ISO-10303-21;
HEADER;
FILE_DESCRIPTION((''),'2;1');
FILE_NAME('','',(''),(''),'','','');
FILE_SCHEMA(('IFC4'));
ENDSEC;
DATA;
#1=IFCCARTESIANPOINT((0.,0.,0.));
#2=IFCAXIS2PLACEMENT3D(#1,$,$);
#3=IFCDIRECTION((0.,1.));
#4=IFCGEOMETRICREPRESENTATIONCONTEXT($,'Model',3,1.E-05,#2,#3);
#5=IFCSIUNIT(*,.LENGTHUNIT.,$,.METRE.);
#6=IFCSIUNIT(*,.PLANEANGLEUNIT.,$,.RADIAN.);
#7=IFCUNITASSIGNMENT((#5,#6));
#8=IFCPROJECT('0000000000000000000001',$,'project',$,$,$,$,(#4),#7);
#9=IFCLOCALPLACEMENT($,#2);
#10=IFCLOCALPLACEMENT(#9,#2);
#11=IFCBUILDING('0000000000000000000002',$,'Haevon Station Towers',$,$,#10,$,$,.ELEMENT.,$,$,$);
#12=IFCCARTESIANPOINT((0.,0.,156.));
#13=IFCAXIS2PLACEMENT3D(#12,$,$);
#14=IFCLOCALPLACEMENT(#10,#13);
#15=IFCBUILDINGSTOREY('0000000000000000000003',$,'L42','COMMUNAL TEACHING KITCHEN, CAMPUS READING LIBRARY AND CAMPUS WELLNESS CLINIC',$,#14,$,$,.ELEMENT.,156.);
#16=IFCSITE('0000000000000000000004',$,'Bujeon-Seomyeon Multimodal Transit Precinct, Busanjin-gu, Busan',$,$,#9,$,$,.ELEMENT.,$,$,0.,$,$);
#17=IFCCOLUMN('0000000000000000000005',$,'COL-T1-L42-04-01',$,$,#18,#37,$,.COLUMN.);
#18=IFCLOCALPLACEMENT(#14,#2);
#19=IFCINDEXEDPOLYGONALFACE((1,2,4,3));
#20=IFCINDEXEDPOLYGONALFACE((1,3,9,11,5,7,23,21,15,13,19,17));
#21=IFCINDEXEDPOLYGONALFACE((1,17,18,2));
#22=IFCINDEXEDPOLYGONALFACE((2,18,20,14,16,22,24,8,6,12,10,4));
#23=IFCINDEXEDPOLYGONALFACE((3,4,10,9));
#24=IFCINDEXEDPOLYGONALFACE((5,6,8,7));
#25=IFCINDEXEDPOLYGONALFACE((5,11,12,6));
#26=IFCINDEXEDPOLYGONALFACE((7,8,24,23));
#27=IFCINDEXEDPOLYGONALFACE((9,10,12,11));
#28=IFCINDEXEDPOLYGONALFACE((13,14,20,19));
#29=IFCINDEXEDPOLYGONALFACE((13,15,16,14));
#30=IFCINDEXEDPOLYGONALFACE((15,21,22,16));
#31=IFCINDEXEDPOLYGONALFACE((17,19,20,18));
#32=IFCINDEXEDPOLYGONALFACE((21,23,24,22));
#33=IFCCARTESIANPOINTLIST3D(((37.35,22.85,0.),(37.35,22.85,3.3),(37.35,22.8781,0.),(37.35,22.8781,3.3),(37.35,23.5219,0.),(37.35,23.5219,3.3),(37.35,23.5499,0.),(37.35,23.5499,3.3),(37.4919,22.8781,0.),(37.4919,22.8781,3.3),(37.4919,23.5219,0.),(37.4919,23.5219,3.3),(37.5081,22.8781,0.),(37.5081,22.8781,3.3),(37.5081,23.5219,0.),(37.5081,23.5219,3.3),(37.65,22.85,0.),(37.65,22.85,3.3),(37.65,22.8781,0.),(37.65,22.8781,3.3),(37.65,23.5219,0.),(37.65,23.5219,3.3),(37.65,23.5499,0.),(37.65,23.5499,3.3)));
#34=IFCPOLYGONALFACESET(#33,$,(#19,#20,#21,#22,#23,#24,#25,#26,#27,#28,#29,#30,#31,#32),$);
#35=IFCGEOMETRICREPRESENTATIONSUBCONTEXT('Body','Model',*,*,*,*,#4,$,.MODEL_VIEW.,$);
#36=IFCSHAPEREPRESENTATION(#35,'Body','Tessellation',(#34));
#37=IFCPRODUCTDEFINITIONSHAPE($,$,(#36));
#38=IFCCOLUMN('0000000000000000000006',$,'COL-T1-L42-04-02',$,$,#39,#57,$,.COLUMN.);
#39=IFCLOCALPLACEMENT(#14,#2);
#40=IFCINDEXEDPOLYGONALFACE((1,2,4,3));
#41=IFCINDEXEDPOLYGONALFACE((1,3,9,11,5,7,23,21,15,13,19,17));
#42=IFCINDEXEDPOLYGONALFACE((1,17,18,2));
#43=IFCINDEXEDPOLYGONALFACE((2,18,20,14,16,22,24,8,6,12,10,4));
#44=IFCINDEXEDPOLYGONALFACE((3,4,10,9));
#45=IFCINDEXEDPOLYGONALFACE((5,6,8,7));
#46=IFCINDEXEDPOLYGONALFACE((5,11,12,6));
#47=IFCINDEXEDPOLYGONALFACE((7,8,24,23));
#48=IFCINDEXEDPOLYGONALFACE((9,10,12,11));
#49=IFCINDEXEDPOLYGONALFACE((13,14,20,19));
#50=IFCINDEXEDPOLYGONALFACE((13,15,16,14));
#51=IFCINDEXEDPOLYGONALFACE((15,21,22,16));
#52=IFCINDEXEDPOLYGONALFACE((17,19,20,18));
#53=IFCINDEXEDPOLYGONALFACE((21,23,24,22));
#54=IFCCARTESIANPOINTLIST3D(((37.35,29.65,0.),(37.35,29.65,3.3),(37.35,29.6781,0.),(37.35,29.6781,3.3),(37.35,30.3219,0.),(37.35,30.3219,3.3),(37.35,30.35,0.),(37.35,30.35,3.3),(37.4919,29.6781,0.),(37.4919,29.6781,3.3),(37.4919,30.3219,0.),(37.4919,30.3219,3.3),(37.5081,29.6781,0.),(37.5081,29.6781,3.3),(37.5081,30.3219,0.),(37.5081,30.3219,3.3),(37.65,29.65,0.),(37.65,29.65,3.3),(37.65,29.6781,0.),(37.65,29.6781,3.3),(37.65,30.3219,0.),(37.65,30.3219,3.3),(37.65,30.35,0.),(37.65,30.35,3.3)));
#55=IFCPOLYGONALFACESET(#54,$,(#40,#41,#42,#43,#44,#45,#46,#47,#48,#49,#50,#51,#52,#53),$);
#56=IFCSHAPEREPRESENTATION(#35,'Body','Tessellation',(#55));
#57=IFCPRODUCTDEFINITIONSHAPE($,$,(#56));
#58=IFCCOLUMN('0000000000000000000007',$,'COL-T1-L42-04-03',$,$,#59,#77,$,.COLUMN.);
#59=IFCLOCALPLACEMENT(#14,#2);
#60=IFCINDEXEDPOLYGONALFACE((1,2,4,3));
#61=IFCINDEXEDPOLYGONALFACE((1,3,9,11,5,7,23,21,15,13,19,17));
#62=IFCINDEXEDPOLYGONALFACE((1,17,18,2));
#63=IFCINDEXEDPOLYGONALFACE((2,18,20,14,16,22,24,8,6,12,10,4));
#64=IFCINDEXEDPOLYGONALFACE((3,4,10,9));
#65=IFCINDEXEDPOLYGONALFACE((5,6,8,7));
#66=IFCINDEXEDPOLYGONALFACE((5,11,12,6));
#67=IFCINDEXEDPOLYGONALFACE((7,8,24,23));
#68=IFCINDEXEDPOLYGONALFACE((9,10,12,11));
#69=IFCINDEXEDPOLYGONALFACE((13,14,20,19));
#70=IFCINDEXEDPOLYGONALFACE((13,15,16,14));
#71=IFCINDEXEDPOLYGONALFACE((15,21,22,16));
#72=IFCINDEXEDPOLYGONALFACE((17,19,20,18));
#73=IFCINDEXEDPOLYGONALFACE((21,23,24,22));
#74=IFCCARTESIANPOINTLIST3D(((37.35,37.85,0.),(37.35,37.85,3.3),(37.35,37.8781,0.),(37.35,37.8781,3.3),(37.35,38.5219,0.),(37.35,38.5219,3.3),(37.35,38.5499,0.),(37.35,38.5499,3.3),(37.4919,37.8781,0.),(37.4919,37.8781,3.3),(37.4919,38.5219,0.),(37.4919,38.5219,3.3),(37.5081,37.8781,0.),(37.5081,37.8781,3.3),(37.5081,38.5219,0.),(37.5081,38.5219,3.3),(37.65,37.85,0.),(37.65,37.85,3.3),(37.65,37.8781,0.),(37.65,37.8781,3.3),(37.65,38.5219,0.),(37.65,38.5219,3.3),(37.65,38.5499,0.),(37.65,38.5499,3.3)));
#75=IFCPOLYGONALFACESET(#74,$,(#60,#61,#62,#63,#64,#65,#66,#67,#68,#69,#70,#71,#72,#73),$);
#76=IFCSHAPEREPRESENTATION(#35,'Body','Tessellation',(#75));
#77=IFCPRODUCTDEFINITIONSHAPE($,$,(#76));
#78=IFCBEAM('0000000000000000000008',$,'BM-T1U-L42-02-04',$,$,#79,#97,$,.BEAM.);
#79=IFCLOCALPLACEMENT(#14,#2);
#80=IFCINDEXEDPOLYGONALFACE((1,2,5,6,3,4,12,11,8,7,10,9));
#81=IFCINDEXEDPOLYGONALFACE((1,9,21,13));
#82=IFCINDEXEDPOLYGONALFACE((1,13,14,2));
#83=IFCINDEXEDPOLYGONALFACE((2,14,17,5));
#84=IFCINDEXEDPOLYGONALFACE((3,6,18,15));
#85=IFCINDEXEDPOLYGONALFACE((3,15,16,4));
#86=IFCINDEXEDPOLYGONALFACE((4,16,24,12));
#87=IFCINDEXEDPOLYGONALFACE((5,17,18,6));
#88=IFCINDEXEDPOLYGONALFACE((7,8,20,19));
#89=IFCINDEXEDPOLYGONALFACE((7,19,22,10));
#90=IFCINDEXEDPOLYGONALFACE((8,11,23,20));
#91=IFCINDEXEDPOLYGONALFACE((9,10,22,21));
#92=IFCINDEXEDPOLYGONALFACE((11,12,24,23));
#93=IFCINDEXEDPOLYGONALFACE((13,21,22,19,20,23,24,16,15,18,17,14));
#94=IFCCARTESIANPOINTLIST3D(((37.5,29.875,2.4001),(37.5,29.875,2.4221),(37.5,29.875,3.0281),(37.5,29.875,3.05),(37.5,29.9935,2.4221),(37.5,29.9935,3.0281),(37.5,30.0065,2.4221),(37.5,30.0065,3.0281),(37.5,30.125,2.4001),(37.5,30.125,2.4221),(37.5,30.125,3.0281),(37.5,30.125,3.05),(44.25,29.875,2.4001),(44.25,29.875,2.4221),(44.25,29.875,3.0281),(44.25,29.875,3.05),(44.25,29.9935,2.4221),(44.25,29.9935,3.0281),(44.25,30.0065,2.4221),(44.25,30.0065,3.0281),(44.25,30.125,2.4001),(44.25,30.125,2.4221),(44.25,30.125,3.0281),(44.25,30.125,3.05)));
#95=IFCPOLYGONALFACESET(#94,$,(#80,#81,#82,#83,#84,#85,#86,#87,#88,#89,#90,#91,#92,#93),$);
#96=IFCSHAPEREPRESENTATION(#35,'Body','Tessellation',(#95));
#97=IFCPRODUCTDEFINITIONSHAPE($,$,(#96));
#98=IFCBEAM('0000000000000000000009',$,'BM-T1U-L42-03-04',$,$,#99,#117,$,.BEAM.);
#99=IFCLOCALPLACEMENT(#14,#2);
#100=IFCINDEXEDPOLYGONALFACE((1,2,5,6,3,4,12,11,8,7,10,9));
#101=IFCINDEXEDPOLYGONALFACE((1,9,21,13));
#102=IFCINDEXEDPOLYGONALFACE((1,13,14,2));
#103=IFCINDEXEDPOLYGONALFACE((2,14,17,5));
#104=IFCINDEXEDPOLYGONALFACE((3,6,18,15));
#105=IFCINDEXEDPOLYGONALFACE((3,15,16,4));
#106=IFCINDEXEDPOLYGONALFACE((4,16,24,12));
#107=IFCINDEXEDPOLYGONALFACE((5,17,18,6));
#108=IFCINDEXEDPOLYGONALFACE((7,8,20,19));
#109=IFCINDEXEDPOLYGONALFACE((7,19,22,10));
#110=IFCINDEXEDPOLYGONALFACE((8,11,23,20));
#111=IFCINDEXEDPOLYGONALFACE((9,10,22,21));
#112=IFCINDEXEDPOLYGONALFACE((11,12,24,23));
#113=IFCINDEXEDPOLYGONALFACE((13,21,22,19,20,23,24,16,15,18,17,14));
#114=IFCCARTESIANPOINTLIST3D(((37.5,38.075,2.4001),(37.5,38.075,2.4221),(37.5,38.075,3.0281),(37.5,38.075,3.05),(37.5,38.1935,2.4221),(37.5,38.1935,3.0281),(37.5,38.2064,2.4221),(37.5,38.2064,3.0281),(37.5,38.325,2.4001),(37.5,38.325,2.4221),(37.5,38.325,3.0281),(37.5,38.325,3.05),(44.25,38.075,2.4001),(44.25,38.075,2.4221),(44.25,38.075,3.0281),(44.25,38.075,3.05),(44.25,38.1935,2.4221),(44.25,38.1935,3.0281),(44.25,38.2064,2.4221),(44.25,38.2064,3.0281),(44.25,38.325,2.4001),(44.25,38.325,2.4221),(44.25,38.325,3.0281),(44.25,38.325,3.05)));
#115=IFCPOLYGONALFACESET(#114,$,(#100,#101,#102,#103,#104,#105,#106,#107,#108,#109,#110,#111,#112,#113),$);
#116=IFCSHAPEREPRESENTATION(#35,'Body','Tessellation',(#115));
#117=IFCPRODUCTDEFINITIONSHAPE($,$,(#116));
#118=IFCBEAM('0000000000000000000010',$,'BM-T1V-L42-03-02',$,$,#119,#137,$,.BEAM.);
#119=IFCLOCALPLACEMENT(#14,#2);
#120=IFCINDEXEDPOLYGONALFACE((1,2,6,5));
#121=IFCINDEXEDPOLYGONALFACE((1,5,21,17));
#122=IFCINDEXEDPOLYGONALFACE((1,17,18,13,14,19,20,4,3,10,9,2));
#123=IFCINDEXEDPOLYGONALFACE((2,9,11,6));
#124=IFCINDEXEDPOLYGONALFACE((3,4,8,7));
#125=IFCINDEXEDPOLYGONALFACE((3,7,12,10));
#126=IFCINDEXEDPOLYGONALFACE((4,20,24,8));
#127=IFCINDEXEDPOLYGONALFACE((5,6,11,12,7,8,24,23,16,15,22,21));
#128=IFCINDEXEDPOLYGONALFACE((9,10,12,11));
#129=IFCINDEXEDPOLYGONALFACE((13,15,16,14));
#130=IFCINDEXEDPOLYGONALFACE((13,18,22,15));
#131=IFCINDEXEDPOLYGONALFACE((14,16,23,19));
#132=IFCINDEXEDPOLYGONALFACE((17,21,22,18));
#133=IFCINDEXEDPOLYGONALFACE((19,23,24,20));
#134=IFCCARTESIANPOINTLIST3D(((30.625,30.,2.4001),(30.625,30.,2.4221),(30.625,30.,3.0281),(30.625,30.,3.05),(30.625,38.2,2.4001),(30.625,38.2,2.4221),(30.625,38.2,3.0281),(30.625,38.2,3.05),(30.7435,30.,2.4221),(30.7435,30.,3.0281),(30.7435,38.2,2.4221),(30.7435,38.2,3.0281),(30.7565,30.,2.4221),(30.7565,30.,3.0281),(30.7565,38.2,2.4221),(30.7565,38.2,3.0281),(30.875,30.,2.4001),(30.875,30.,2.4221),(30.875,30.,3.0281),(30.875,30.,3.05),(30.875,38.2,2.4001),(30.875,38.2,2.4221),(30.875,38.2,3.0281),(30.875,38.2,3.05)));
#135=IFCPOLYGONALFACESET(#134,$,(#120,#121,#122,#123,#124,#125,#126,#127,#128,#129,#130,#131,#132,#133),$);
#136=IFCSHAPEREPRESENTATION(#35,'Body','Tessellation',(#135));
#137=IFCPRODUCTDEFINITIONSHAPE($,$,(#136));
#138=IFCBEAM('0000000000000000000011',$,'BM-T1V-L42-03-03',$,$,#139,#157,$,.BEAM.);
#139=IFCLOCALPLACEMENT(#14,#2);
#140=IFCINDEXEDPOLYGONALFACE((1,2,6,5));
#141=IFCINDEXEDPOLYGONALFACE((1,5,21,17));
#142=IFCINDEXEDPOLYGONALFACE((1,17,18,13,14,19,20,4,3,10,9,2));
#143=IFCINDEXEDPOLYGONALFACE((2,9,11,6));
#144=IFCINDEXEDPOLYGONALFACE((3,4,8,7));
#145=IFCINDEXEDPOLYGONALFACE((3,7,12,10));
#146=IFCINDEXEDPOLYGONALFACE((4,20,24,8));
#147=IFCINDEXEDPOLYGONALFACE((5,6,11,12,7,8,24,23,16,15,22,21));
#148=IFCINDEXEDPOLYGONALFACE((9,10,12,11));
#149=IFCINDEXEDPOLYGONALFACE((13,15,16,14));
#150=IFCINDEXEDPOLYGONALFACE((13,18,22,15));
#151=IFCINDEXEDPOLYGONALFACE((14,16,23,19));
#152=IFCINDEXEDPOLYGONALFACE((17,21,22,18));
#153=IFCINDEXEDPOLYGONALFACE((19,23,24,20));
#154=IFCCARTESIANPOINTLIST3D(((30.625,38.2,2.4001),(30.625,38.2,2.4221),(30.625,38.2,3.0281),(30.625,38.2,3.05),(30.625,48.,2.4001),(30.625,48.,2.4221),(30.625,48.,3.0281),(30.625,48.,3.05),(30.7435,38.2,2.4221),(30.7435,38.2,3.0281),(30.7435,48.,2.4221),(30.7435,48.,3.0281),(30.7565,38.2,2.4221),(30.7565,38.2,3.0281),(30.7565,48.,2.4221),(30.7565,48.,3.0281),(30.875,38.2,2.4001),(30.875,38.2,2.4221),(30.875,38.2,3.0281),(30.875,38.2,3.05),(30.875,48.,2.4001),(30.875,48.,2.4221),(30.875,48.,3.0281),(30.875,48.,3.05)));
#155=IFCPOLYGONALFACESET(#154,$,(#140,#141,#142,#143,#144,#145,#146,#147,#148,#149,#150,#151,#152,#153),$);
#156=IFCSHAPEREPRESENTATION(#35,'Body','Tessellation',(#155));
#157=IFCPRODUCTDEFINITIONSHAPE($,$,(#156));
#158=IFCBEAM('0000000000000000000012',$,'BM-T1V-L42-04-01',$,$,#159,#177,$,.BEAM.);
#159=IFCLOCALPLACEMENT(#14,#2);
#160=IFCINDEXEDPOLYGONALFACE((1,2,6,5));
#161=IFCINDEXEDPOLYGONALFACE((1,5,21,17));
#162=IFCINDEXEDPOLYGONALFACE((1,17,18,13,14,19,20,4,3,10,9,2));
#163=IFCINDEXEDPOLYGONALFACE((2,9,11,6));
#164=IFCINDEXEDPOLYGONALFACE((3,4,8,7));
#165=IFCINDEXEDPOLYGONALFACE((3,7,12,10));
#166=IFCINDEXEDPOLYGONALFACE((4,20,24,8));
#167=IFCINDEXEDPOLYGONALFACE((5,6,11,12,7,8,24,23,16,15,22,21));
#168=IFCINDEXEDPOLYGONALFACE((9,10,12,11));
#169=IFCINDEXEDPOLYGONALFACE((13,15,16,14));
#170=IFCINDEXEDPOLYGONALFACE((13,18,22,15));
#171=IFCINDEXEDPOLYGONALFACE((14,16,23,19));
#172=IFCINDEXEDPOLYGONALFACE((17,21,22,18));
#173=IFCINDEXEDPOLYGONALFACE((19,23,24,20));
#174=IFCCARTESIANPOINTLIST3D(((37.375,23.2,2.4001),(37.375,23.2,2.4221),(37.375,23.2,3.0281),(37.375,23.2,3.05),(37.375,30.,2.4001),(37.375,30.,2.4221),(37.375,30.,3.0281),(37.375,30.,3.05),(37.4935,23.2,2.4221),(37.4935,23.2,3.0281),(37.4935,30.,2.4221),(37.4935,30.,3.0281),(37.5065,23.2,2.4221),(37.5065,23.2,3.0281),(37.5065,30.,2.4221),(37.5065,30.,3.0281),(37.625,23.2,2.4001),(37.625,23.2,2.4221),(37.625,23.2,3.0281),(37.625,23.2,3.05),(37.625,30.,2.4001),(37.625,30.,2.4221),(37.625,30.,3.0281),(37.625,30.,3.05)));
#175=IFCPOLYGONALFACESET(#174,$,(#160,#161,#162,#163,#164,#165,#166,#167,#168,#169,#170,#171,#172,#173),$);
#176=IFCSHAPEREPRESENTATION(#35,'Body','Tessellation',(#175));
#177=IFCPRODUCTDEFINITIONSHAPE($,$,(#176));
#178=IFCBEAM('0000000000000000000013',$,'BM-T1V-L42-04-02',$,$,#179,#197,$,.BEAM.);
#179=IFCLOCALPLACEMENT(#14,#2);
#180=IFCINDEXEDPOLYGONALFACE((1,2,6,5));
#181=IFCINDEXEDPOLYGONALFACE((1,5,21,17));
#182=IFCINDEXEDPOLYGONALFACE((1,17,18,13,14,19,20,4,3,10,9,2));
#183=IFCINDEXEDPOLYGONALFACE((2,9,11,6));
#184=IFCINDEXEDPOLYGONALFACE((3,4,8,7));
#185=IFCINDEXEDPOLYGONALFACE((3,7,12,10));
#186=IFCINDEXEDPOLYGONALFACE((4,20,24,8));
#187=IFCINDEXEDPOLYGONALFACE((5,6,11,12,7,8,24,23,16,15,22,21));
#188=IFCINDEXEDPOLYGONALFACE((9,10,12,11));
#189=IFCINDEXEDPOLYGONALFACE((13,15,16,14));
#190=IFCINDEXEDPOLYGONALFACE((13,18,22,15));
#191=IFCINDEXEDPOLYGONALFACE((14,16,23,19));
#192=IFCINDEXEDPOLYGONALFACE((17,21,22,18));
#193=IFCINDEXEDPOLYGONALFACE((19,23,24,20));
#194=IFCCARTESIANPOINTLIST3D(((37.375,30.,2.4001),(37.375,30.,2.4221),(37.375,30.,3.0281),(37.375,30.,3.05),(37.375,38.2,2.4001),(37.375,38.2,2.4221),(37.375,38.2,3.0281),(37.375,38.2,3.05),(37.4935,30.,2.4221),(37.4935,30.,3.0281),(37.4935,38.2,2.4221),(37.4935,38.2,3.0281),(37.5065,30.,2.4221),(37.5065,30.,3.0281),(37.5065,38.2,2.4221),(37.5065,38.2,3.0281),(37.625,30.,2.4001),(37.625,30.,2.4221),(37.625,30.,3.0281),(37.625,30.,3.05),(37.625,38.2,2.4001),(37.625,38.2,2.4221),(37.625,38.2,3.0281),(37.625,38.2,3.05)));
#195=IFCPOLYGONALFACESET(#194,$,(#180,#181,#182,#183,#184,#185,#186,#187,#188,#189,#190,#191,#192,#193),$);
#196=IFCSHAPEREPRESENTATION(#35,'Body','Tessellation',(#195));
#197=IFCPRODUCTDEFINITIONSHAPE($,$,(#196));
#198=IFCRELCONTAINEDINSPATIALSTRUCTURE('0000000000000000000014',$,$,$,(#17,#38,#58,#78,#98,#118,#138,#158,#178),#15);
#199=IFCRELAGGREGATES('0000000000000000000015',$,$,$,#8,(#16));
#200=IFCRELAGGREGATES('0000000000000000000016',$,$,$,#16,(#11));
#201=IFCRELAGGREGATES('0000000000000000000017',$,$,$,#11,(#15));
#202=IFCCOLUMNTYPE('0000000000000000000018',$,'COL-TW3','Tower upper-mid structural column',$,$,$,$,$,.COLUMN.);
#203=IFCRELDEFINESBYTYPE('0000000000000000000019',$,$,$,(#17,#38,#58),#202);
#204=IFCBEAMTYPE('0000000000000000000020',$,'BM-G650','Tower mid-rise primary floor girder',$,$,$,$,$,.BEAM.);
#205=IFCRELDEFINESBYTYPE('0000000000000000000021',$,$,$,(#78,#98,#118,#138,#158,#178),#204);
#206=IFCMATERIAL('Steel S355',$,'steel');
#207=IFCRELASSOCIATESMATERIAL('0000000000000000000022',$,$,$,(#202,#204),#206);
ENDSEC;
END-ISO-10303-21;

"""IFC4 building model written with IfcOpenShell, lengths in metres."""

from ifc_helpers import new_model, si_unit, direction, frame, origin, origin_2d, place, context, subcontext, project, spatial, i_section, extrude, material, material_profile, profile_set, type_object, element, save


model = new_model("IFC4")

# Units and contexts
model_context = context("Model", 3, precision=1e-05, world=origin(), true_north=direction((0.0, 1.0)))
body_context = subcontext(model_context, "Body", "Model", "MODEL_VIEW")
ifc_project = project(units=[si_unit("LENGTHUNIT", "METRE"), si_unit("PLANEANGLEUNIT", "RADIAN")], contexts=[model_context])

# Site, building, storey
site_placement = place(None, origin())
site = spatial("IfcSite", under=ifc_project, at=site_placement, Name="Bujeon-Seomyeon Multimodal Transit Precinct, Busanjin-gu, Busan", CompositionType="ELEMENT", RefElevation=0.0)
building_placement = place(site_placement, origin())
building = spatial("IfcBuilding", under=site, at=building_placement, Name="Haevon Station Towers", CompositionType="ELEMENT")
storey_placement = place(building_placement, frame((0.0, 0.0, 156.0)))
storey = spatial("IfcBuildingStorey", under=building, at=storey_placement, Name="L42", Description="COMMUNAL TEACHING KITCHEN, CAMPUS READING LIBRARY AND CAMPUS WELLNESS CLINIC", CompositionType="ELEMENT", Elevation=156.0)

# Columns
ifc_material_1 = material(Name="Steel S355", Category="steel")
ifc_material_profile_1 = material_profile(ifc_material_1, i_section(OverallWidth=0.3, OverallDepth=0.7, WebThickness=0.0161, FlangeThickness=0.0281, at=origin_2d()), Name="H-700x300x16x28")
ifc_profile_set_1 = profile_set([ifc_material_profile_1], Name="Steel S355")
column_type = type_object("IfcColumnType", Name="COL-TW3", Description="Tower upper-mid structural column", PredefinedType="COLUMN", material=ifc_profile_set_1)
for number, where, z_axis, x_axis, name in (
    (1, (37.5, 23.2, 0.0), (0.0, 0.0, 1.0), (1.0, 0.0, 0.0), "COL-T1-L42-04-01"),
    (2, (37.5, 30.0, 0.0), (0.0, 0.0, 1.0), (1.0, 0.0, 0.0), "COL-T1-L42-04-02"),
    (3, (37.5, 38.2, 0.0), (0.0, 0.0, 1.0), (1.0, 0.0, 0.0), "COL-T1-L42-04-03"),
):
    element("IfcColumn", number, at=place(storey_placement, frame(where, z_axis=z_axis, x_axis=x_axis)), inside=storey, type_object=column_type, Name=name, PredefinedType="COLUMN", context=body_context, shape_type="SweptSolid", body=[
        extrude(i_section(OverallWidth=0.3, OverallDepth=0.7, WebThickness=0.0161, FlangeThickness=0.0281, at=origin_2d()), origin(), (0.0, 0.0, 1.0), 3.3),
    ])

# Beams
ifc_material_profile_2 = material_profile(ifc_material_1, i_section(OverallWidth=0.25, OverallDepth=0.6499, WebThickness=0.0129, FlangeThickness=0.022, at=origin_2d()), Name="H-650x250x13x22")
ifc_profile_set_2 = profile_set([ifc_material_profile_2], Name="Steel S355")
beam_type_1 = type_object("IfcBeamType", Name="BM-G650", Description="Tower mid-rise primary floor girder", PredefinedType="BEAM", material=ifc_profile_set_2)
for number, where, z_axis, x_axis, name in (
    (4, (37.5, 30.0, 2.7251), (1.0, 0.0, 0.0), (0.0, 1.0, 0.0), "BM-T1U-L42-02-04"),
    (5, (37.5, 38.2, 2.7251), (1.0, 0.0, 0.0), (0.0, 1.0, 0.0), "BM-T1U-L42-03-04"),
):
    element("IfcBeam", number, at=place(storey_placement, frame(where, z_axis=z_axis, x_axis=x_axis)), inside=storey, type_object=beam_type_1, Name=name, PredefinedType="BEAM", context=body_context, shape_type="SweptSolid", body=[
        extrude(i_section(OverallWidth=0.25, OverallDepth=0.6499, WebThickness=0.0129, FlangeThickness=0.022, at=origin_2d()), origin(), (0.0, 0.0, 1.0), 6.75),
    ])
beam_1_placement = place(storey_placement, frame((30.75, 30.0, 2.7251), z_axis=(0.0, 1.0, 0.0), x_axis=(-1.0, 0.0, 0.0)))
element("IfcBeam", 6, at=beam_1_placement, inside=storey, type_object=beam_type_1, Name="BM-T1V-L42-03-02", PredefinedType="BEAM", context=body_context, shape_type="SweptSolid", body=[
    extrude(i_section(OverallWidth=0.25, OverallDepth=0.6499, WebThickness=0.0129, FlangeThickness=0.022, at=origin_2d()), origin(), (0.0, 0.0, 1.0), 8.2),
])
beam_2_placement = place(storey_placement, frame((30.75, 38.2, 2.7251), z_axis=(0.0, 1.0, 0.0), x_axis=(-1.0, 0.0, 0.0)))
element("IfcBeam", 7, at=beam_2_placement, inside=storey, type_object=beam_type_1, Name="BM-T1V-L42-03-03", PredefinedType="BEAM", context=body_context, shape_type="SweptSolid", body=[
    extrude(i_section(OverallWidth=0.25, OverallDepth=0.6499, WebThickness=0.0129, FlangeThickness=0.022, at=origin_2d()), origin(), (0.0, 0.0, 1.0), 9.8),
])
beam_3_placement = place(storey_placement, frame((37.5, 23.2, 2.7251), z_axis=(0.0, 1.0, 0.0), x_axis=(-1.0, 0.0, 0.0)))
element("IfcBeam", 8, at=beam_3_placement, inside=storey, type_object=beam_type_1, Name="BM-T1V-L42-04-01", PredefinedType="BEAM", context=body_context, shape_type="SweptSolid", body=[
    extrude(i_section(OverallWidth=0.25, OverallDepth=0.6499, WebThickness=0.0129, FlangeThickness=0.022, at=origin_2d()), origin(), (0.0, 0.0, 1.0), 6.8),
])
beam_4_placement = place(storey_placement, frame((37.5, 30.0, 2.7251), z_axis=(0.0, 1.0, 0.0), x_axis=(-1.0, 0.0, 0.0)))
element("IfcBeam", 9, at=beam_4_placement, inside=storey, type_object=beam_type_1, Name="BM-T1V-L42-04-02", PredefinedType="BEAM", context=body_context, shape_type="SweptSolid", body=[
    extrude(i_section(OverallWidth=0.25, OverallDepth=0.6499, WebThickness=0.0129, FlangeThickness=0.022, at=origin_2d()), origin(), (0.0, 0.0, 1.0), 8.2),
])

save(model, "model.ifc")
